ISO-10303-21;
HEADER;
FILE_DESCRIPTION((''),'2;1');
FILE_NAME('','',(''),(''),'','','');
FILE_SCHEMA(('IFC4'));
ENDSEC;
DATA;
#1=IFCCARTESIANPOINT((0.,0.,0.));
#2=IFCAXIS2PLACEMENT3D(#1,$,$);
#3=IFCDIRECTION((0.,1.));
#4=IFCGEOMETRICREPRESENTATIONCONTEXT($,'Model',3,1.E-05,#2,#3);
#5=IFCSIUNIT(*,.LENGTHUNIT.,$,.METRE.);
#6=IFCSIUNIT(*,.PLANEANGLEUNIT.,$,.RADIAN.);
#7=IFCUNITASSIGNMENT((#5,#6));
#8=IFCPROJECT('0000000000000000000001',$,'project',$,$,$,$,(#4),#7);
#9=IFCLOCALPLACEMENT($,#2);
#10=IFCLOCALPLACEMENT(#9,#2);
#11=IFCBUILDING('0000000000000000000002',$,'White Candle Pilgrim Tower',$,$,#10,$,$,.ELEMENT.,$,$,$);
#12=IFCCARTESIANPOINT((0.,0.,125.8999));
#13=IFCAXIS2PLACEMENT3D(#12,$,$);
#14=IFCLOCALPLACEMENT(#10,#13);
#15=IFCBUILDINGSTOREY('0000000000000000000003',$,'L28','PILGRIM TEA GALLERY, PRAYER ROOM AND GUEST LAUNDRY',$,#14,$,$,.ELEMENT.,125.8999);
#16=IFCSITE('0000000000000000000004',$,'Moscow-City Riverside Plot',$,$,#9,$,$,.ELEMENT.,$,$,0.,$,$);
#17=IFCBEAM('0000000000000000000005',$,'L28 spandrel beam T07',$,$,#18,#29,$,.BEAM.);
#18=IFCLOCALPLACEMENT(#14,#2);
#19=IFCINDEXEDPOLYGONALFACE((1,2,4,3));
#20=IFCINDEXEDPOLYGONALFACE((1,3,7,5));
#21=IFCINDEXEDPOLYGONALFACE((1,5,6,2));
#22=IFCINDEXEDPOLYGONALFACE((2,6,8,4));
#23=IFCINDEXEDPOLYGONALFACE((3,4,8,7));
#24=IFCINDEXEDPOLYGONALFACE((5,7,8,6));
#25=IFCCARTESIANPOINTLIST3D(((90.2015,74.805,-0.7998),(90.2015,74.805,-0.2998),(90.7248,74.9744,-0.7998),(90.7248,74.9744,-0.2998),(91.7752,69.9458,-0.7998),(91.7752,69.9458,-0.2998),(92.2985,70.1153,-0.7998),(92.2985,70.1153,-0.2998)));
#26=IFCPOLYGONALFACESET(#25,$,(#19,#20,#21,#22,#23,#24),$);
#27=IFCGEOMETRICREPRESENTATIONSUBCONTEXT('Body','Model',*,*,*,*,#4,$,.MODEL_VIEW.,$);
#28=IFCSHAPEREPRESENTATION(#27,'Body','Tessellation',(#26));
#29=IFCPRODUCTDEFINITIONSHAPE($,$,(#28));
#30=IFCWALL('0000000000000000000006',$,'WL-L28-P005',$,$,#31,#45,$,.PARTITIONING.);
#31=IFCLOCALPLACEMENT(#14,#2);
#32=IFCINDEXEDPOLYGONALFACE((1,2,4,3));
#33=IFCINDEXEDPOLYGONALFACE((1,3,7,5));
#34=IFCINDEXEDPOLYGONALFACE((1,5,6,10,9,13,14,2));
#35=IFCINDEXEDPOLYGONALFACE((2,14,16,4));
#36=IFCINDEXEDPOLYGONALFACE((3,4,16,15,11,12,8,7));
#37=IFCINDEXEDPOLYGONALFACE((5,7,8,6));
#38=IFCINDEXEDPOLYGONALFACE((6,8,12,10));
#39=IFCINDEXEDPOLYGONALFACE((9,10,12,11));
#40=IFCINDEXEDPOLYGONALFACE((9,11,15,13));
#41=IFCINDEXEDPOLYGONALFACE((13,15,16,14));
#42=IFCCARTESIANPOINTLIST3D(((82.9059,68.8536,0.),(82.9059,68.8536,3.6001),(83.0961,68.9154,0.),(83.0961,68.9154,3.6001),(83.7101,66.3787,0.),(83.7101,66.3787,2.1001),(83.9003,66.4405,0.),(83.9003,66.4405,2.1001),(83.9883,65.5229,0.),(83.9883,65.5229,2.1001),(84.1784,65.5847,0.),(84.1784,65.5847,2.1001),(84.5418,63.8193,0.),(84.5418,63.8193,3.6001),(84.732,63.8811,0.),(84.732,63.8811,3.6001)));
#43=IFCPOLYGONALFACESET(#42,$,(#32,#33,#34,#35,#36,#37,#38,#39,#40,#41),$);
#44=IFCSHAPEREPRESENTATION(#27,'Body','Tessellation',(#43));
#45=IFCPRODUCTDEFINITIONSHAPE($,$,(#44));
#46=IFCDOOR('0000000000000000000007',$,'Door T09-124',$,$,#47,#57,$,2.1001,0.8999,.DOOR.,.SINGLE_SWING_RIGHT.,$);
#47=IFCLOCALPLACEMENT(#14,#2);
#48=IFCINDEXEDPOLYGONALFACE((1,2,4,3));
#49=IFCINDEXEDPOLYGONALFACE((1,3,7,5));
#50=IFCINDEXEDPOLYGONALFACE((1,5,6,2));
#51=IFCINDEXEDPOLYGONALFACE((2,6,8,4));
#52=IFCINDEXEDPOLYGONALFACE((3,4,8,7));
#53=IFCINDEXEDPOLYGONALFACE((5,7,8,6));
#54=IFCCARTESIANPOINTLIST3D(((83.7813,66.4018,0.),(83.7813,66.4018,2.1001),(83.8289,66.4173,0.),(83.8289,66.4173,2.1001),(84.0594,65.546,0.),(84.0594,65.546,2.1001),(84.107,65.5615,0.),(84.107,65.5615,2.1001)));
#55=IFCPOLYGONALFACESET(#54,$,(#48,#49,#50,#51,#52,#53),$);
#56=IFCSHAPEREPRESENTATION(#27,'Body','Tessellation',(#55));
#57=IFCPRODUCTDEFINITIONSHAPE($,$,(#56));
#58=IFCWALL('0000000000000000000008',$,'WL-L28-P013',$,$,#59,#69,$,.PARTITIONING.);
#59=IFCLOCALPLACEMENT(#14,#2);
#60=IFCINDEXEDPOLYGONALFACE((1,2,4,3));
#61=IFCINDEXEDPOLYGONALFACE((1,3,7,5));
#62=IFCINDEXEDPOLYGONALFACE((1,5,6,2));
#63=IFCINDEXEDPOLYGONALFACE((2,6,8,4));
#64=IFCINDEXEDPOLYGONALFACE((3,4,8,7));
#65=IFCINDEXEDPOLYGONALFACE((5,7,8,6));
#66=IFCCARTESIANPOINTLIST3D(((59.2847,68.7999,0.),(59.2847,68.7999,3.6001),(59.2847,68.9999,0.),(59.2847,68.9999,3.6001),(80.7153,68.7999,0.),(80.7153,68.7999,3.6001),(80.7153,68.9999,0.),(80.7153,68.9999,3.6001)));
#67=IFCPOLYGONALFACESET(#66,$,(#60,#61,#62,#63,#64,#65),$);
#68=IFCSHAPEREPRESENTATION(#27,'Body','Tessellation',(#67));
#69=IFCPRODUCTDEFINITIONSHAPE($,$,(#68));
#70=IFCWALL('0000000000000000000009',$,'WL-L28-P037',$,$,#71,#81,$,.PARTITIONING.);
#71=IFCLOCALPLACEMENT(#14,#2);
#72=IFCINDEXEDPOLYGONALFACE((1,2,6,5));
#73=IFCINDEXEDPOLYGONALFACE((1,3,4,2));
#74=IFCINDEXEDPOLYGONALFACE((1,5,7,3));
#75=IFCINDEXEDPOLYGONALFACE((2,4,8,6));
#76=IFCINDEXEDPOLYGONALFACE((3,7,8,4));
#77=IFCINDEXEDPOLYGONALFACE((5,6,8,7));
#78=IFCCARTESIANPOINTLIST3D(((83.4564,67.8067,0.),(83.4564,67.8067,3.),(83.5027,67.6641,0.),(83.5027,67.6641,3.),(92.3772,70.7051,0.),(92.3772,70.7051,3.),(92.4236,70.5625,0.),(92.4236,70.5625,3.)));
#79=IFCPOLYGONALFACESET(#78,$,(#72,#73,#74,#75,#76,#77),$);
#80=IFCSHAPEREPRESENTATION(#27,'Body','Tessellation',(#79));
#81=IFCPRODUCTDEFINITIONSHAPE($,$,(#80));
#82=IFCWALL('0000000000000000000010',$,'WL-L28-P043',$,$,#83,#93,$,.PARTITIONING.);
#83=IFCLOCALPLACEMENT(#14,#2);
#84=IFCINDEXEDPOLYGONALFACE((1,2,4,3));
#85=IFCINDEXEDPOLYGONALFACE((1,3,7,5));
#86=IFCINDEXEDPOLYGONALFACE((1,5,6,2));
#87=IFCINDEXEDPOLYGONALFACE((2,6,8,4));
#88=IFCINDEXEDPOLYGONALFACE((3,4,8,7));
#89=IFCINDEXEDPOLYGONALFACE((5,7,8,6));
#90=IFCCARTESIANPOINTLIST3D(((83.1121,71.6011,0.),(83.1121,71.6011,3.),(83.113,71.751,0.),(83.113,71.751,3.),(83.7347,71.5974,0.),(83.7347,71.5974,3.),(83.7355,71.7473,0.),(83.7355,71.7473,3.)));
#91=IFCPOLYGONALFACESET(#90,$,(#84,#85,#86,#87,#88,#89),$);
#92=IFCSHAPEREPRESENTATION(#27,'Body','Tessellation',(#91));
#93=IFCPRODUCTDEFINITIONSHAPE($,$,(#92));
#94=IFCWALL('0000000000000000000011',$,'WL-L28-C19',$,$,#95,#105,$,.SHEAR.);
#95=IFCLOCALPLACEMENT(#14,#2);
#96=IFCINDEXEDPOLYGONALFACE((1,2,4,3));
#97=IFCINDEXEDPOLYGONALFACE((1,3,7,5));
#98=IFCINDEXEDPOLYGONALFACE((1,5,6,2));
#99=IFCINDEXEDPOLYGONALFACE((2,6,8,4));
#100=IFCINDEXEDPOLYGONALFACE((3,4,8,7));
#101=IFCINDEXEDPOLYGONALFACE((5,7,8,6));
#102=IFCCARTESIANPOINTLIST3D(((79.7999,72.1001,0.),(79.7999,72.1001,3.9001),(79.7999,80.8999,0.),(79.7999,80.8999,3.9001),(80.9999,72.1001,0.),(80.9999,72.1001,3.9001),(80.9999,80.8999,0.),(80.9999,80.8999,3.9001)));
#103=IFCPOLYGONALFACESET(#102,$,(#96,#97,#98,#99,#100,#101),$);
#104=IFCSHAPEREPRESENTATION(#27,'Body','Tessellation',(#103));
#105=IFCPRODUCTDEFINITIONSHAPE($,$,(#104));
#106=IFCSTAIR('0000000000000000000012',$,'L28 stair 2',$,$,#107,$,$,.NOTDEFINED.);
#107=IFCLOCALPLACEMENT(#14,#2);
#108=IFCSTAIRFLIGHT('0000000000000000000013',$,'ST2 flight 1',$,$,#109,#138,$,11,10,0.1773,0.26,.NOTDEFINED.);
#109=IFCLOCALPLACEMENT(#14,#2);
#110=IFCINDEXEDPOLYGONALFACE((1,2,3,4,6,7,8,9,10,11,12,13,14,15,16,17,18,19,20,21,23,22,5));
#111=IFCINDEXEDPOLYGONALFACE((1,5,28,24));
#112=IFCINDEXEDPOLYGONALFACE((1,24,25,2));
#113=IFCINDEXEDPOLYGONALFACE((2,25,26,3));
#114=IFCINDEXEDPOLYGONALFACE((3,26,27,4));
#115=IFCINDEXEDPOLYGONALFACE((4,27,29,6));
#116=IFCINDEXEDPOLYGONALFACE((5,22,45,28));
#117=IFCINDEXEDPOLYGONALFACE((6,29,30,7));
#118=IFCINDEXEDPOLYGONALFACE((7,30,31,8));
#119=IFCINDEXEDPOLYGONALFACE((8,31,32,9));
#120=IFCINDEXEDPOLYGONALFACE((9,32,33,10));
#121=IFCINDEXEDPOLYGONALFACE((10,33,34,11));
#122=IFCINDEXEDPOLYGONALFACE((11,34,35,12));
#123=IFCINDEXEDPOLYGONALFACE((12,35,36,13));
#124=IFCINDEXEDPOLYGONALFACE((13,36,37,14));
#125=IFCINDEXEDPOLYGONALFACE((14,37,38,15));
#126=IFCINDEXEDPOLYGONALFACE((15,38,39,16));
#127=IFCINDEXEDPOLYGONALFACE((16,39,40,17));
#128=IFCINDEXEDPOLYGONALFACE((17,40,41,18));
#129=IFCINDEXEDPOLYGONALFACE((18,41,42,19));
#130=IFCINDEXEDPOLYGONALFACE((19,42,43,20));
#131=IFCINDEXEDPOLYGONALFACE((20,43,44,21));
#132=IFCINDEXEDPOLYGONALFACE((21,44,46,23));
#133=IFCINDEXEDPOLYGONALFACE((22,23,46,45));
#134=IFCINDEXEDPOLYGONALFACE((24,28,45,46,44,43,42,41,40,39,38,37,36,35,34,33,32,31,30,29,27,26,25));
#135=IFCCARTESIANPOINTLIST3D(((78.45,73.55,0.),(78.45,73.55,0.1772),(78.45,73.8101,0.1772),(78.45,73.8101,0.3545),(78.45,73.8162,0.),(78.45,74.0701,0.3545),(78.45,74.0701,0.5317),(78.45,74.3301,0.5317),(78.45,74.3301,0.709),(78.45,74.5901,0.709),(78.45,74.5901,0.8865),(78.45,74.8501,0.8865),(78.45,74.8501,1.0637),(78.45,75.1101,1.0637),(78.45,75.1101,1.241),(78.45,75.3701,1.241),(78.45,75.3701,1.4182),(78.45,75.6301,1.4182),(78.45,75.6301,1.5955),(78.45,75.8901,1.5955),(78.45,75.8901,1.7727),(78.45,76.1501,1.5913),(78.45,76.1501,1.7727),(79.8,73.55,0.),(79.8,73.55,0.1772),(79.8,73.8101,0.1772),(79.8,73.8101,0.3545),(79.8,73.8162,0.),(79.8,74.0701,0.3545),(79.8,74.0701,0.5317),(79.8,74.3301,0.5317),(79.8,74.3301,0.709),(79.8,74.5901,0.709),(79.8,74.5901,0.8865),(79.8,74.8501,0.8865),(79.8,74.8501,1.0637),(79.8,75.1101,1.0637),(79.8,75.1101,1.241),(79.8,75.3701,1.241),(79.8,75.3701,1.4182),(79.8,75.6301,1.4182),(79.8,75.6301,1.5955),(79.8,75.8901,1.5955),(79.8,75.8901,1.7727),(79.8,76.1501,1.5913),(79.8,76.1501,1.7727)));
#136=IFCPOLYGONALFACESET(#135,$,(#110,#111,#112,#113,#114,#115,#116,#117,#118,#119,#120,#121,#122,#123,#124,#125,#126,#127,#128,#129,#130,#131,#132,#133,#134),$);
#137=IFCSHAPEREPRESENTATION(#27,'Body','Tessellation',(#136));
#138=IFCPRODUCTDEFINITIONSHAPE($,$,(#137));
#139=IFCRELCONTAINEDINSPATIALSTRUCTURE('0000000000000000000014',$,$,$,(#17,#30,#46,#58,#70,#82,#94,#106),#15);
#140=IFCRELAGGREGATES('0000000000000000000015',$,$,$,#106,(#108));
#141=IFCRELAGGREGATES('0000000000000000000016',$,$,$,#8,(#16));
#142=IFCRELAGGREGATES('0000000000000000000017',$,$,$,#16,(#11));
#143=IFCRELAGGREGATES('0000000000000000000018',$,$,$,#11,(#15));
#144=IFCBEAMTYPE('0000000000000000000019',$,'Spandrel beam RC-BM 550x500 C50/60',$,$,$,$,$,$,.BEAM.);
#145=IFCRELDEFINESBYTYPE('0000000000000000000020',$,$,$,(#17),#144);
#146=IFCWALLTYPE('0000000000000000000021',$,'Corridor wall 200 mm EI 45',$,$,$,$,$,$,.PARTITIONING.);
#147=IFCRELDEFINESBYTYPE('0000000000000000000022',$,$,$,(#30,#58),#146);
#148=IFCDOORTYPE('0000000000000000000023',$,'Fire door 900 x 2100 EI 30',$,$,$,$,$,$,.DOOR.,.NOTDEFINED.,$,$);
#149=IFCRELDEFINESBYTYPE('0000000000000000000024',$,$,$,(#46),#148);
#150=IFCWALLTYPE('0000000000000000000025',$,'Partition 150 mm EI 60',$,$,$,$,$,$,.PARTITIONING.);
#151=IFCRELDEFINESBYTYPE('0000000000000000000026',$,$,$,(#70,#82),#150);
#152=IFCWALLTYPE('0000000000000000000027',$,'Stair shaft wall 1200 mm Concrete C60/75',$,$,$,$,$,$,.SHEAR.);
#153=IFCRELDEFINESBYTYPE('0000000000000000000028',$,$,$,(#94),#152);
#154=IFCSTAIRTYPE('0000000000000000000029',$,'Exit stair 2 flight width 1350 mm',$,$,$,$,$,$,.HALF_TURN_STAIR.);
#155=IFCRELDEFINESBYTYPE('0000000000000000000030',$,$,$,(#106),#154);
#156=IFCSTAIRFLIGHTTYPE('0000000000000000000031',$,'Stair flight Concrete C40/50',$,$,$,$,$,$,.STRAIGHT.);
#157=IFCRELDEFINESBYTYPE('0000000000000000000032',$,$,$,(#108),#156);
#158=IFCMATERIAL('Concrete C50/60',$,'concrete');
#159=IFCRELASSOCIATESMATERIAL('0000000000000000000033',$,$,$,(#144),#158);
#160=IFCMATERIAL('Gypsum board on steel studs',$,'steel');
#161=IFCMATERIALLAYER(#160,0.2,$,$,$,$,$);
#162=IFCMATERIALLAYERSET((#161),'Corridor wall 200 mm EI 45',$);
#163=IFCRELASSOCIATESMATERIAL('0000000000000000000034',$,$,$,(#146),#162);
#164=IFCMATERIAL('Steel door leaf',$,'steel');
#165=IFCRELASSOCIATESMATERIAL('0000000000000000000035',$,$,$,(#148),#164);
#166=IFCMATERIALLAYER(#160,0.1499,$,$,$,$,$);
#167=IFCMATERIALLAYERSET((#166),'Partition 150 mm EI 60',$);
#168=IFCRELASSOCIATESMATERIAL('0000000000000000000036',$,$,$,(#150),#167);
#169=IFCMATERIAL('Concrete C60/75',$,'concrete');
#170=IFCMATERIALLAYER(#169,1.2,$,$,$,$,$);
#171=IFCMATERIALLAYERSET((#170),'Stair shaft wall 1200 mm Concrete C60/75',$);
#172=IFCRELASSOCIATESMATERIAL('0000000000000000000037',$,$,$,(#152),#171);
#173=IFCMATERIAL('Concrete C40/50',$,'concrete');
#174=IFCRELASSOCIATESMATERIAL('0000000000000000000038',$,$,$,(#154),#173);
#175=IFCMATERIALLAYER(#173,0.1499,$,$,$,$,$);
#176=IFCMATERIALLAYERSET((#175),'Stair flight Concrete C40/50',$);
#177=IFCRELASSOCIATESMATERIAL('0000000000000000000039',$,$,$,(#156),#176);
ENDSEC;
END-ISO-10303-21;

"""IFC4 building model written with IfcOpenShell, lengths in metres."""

from ifc_helpers import new_model, si_unit, direction, frame, frame_2d, origin, origin_2d, place, context, subcontext, project, spatial, polyline, rectangle, outline, extrude, material, layer, layer_set, material_profile, profile_set, type_object, element, fill, aggregate, save


model = new_model("IFC4")

# Units and contexts
model_context = context("Model", 3, precision=1e-05, world=origin(), true_north=direction((0.0, 1.0)))
body_context = subcontext(model_context, "Body", "Model", "MODEL_VIEW")
ifc_project = project(units=[si_unit("LENGTHUNIT", "METRE"), si_unit("PLANEANGLEUNIT", "RADIAN")], contexts=[model_context])

# Site, building, storey
site_placement = place(None, origin())
site = spatial("IfcSite", under=ifc_project, at=site_placement, Name="Moscow-City Riverside Plot", CompositionType="ELEMENT", RefElevation=0.0)
building_placement = place(site_placement, origin())
building = spatial("IfcBuilding", under=site, at=building_placement, Name="White Candle Pilgrim Tower", CompositionType="ELEMENT")
storey_placement = place(building_placement, frame((0.0, 0.0, 125.8999)))
storey = spatial("IfcBuildingStorey", under=building, at=storey_placement, Name="L28", Description="PILGRIM TEA GALLERY, PRAYER ROOM AND GUEST LAUNDRY", CompositionType="ELEMENT", Elevation=125.8999)

# Beam
ifc_material_1 = material(Name="Concrete C50/60", Category="concrete")
ifc_material_profile_1 = material_profile(ifc_material_1, rectangle(XDim=0.55, YDim=0.5, at=origin_2d()), Name="RC-BM 550x500")
ifc_profile_set_1 = profile_set([ifc_material_profile_1], Name="Concrete C50/60")
beam_type_1 = type_object("IfcBeamType", Name="Spandrel beam RC-BM 550x500 C50/60", PredefinedType="BEAM", material=ifc_profile_set_1)
beam_1_placement = place(storey_placement, frame((92.0369, 70.0305, -0.5498), z_axis=(-0.308114, 0.951349, 0.0), x_axis=(-0.951349, -0.308114, 0.0)))
element("IfcBeam", 1, at=beam_1_placement, inside=storey, type_object=beam_type_1, Name="L28 spandrel beam T07", PredefinedType="BEAM", context=body_context, shape_type="SweptSolid", body=[
    extrude(rectangle(XDim=0.55, YDim=0.5, at=origin_2d()), origin(), (0.0, 0.0, 1.0), 5.1077),
])

# Wall, opening, door
ifc_material_2 = material(Name="Gypsum board on steel studs", Category="steel")
ifc_layer_1 = layer(ifc_material_2, 0.2)
ifc_layer_set_1 = layer_set([ifc_layer_1], Name="Corridor wall 200 mm EI 45")
wall_type_1 = type_object("IfcWallType", Name="Corridor wall 200 mm EI 45", PredefinedType="PARTITIONING", material=ifc_layer_set_1)
wall_1_placement = place(storey_placement, frame((83.001, 68.8845, 0.0), z_axis=(0.0, 0.0, 1.0), x_axis=(0.309052, -0.951045, 0.0)))
wall_1 = element("IfcWall", 2, at=wall_1_placement, inside=storey, type_object=wall_type_1, Name="WL-L28-P005", PredefinedType="PARTITIONING", context=body_context, shape_type="SweptSolid", body=[
    extrude(rectangle(XDim=5.2935, YDim=0.2, at=frame_2d((2.6467, 0.0))), origin(), (0.0, 0.0, 1.0), 3.6001),
])
opening_placement = place(wall_1_placement, frame((2.6023, 0.0, 0.0)))
opening = element("IfcOpeningElement", 3, at=opening_placement, cuts=wall_1, PredefinedType="OPENING", context=body_context, shape_type="SweptSolid", body=[
    extrude(rectangle(XDim=0.8999, YDim=2.1001, at=frame_2d((0.45, 1.05))), frame((0.0, 0.1099, 0.0), z_axis=(0.0, -1.0, 0.0), x_axis=(1.0, 0.0, 0.0)), (0.0, 0.0, 1.0), 0.22),
])
ifc_material_3 = material(Name="Steel door leaf", Category="steel")
door_type = type_object("IfcDoorType", Name="Fire door 900 x 2100 EI 30", OperationType="NOTDEFINED", PredefinedType="DOOR", material=ifc_material_3)
door_placement = place(opening_placement, origin())
door = element("IfcDoor", 4, at=door_placement, inside=storey, type_object=door_type, Name="Door T09-124", OperationType="SINGLE_SWING_RIGHT", OverallHeight=2.1001, OverallWidth=0.8999, PredefinedType="DOOR", context=body_context, shape_type="SweptSolid", body=[
    extrude(rectangle(XDim=0.8999, YDim=2.1001, at=frame_2d((0.45, 1.05))), frame((0.0, 0.0249, 0.0), z_axis=(0.0, -1.0, 0.0), x_axis=(1.0, 0.0, 0.0)), (0.0, 0.0, 1.0), 0.05),
])
fill(opening, door)

# Walls
wall_2_placement = place(storey_placement, frame((80.7153, 68.8999, 0.0), z_axis=(0.0, 0.0, 1.0), x_axis=(-1.0, 0.0, 0.0)))
element("IfcWall", 5, at=wall_2_placement, inside=storey, type_object=wall_type_1, Name="WL-L28-P013", PredefinedType="PARTITIONING", context=body_context, shape_type="SweptSolid", body=[
    extrude(rectangle(XDim=21.4307, YDim=0.2, at=frame_2d((10.7153, 0.0))), origin(), (0.0, 0.0, 1.0), 3.6001),
])
ifc_layer_2 = layer(ifc_material_2, 0.1499)
ifc_layer_set_2 = layer_set([ifc_layer_2], Name="Partition 150 mm EI 60")
wall_type_2 = type_object("IfcWallType", Name="Partition 150 mm EI 60", PredefinedType="PARTITIONING", material=ifc_layer_set_2)
wall_3_placement = place(storey_placement, frame((92.4004, 70.6338, 0.0), z_axis=(0.0, 0.0, 1.0), x_axis=(-0.951061, -0.309004, 0.0)))
element("IfcWall", 6, at=wall_3_placement, inside=storey, type_object=wall_type_2, Name="WL-L28-P037", PredefinedType="PARTITIONING", context=body_context, shape_type="SweptSolid", body=[
    extrude(rectangle(XDim=9.3799, YDim=0.1499, at=frame_2d((4.6899, 0.0))), origin(), (0.0, 0.0, 1.0), 3.0),
])
wall_4_placement = place(storey_placement, frame((83.7351, 71.6724, 0.0), z_axis=(0.0, 0.0, 1.0), x_axis=(-0.999983, 0.005882, 0.0)))
element("IfcWall", 7, at=wall_4_placement, inside=storey, type_object=wall_type_2, Name="WL-L28-P043", PredefinedType="PARTITIONING", context=body_context, shape_type="SweptSolid", body=[
    extrude(rectangle(XDim=0.6226, YDim=0.1499, at=frame_2d((0.3113, 0.0))), origin(), (0.0, 0.0, 1.0), 3.0),
])
ifc_material_4 = material(Name="Concrete C60/75", Category="concrete")
ifc_layer_3 = layer(ifc_material_4, 1.2)
ifc_layer_set_3 = layer_set([ifc_layer_3], Name="Stair shaft wall 1200 mm Concrete C60/75")
wall_type_3 = type_object("IfcWallType", Name="Stair shaft wall 1200 mm Concrete C60/75", PredefinedType="SHEAR", material=ifc_layer_set_3)
wall_5_placement = place(storey_placement, frame((80.3999, 72.1001, 0.0), z_axis=(0.0, 0.0, 1.0), x_axis=(0.0, 1.0, 0.0)))
element("IfcWall", 8, at=wall_5_placement, inside=storey, type_object=wall_type_3, Name="WL-L28-C19", PredefinedType="SHEAR", context=body_context, shape_type="SweptSolid", body=[
    extrude(rectangle(XDim=8.7998, YDim=1.2, at=frame_2d((4.3999, 0.0))), origin(), (0.0, 0.0, 1.0), 3.9001),
])

# Stair, stair flight
ifc_material_5 = material(Name="Concrete C40/50", Category="concrete")
stair_type = type_object("IfcStairType", Name="Exit stair 2 flight width 1350 mm", PredefinedType="HALF_TURN_STAIR", material=ifc_material_5)
stair_placement = place(storey_placement, origin())
stair = element("IfcStair", 9, at=stair_placement, inside=storey, type_object=stair_type, Name="L28 stair 2", PredefinedType="NOTDEFINED")
ifc_layer_4 = layer(ifc_material_5, 0.1499)
ifc_layer_set_4 = layer_set([ifc_layer_4], Name="Stair flight Concrete C40/50")
stair_flight_type = type_object("IfcStairFlightType", Name="Stair flight Concrete C40/50", PredefinedType="STRAIGHT", material=ifc_layer_set_4)
stair_flight_placement = place(storey_placement, frame((79.125, 73.55, 0.0), z_axis=(0.0, 0.0, 1.0), x_axis=(0.0, 1.0, 0.0)))
stair_flight = element("IfcStairFlight", 10, at=stair_flight_placement, type_object=stair_flight_type, Name="ST2 flight 1", NumberOfRisers=11, NumberOfTreads=10, PredefinedType="NOTDEFINED", RiserHeight=0.1773, TreadLength=0.26, context=body_context, shape_type="SweptSolid", body=[
    extrude(outline(polyline([(0.0, 0.0), (0.0, 0.1772), (0.26, 0.1772), (0.26, 0.3545), (0.52, 0.3545), (0.52, 0.5317), (0.78, 0.5317), (0.78, 0.709), (1.04, 0.709), (1.04, 0.8865), (1.3, 0.8865), (1.3, 1.0637), (1.5601, 1.0637), (1.5601, 1.241), (1.8201, 1.241), (1.8201, 1.4182), (2.0801, 1.4182), (2.0801, 1.5955), (2.3401, 1.5955), (2.3401, 1.7727), (2.6001, 1.7727), (2.6001, 1.95), (2.6001, 1.5913), (0.2661, 0.0), (0.0, 0.0)])), frame((0.0, 0.675, 0.0), z_axis=(0.0, -1.0, 0.0), x_axis=(1.0, 0.0, 0.0)), (0.0, 0.0, 1.0), 1.3501),
])
aggregate(stair, [stair_flight])

save(model, "model.ifc")
